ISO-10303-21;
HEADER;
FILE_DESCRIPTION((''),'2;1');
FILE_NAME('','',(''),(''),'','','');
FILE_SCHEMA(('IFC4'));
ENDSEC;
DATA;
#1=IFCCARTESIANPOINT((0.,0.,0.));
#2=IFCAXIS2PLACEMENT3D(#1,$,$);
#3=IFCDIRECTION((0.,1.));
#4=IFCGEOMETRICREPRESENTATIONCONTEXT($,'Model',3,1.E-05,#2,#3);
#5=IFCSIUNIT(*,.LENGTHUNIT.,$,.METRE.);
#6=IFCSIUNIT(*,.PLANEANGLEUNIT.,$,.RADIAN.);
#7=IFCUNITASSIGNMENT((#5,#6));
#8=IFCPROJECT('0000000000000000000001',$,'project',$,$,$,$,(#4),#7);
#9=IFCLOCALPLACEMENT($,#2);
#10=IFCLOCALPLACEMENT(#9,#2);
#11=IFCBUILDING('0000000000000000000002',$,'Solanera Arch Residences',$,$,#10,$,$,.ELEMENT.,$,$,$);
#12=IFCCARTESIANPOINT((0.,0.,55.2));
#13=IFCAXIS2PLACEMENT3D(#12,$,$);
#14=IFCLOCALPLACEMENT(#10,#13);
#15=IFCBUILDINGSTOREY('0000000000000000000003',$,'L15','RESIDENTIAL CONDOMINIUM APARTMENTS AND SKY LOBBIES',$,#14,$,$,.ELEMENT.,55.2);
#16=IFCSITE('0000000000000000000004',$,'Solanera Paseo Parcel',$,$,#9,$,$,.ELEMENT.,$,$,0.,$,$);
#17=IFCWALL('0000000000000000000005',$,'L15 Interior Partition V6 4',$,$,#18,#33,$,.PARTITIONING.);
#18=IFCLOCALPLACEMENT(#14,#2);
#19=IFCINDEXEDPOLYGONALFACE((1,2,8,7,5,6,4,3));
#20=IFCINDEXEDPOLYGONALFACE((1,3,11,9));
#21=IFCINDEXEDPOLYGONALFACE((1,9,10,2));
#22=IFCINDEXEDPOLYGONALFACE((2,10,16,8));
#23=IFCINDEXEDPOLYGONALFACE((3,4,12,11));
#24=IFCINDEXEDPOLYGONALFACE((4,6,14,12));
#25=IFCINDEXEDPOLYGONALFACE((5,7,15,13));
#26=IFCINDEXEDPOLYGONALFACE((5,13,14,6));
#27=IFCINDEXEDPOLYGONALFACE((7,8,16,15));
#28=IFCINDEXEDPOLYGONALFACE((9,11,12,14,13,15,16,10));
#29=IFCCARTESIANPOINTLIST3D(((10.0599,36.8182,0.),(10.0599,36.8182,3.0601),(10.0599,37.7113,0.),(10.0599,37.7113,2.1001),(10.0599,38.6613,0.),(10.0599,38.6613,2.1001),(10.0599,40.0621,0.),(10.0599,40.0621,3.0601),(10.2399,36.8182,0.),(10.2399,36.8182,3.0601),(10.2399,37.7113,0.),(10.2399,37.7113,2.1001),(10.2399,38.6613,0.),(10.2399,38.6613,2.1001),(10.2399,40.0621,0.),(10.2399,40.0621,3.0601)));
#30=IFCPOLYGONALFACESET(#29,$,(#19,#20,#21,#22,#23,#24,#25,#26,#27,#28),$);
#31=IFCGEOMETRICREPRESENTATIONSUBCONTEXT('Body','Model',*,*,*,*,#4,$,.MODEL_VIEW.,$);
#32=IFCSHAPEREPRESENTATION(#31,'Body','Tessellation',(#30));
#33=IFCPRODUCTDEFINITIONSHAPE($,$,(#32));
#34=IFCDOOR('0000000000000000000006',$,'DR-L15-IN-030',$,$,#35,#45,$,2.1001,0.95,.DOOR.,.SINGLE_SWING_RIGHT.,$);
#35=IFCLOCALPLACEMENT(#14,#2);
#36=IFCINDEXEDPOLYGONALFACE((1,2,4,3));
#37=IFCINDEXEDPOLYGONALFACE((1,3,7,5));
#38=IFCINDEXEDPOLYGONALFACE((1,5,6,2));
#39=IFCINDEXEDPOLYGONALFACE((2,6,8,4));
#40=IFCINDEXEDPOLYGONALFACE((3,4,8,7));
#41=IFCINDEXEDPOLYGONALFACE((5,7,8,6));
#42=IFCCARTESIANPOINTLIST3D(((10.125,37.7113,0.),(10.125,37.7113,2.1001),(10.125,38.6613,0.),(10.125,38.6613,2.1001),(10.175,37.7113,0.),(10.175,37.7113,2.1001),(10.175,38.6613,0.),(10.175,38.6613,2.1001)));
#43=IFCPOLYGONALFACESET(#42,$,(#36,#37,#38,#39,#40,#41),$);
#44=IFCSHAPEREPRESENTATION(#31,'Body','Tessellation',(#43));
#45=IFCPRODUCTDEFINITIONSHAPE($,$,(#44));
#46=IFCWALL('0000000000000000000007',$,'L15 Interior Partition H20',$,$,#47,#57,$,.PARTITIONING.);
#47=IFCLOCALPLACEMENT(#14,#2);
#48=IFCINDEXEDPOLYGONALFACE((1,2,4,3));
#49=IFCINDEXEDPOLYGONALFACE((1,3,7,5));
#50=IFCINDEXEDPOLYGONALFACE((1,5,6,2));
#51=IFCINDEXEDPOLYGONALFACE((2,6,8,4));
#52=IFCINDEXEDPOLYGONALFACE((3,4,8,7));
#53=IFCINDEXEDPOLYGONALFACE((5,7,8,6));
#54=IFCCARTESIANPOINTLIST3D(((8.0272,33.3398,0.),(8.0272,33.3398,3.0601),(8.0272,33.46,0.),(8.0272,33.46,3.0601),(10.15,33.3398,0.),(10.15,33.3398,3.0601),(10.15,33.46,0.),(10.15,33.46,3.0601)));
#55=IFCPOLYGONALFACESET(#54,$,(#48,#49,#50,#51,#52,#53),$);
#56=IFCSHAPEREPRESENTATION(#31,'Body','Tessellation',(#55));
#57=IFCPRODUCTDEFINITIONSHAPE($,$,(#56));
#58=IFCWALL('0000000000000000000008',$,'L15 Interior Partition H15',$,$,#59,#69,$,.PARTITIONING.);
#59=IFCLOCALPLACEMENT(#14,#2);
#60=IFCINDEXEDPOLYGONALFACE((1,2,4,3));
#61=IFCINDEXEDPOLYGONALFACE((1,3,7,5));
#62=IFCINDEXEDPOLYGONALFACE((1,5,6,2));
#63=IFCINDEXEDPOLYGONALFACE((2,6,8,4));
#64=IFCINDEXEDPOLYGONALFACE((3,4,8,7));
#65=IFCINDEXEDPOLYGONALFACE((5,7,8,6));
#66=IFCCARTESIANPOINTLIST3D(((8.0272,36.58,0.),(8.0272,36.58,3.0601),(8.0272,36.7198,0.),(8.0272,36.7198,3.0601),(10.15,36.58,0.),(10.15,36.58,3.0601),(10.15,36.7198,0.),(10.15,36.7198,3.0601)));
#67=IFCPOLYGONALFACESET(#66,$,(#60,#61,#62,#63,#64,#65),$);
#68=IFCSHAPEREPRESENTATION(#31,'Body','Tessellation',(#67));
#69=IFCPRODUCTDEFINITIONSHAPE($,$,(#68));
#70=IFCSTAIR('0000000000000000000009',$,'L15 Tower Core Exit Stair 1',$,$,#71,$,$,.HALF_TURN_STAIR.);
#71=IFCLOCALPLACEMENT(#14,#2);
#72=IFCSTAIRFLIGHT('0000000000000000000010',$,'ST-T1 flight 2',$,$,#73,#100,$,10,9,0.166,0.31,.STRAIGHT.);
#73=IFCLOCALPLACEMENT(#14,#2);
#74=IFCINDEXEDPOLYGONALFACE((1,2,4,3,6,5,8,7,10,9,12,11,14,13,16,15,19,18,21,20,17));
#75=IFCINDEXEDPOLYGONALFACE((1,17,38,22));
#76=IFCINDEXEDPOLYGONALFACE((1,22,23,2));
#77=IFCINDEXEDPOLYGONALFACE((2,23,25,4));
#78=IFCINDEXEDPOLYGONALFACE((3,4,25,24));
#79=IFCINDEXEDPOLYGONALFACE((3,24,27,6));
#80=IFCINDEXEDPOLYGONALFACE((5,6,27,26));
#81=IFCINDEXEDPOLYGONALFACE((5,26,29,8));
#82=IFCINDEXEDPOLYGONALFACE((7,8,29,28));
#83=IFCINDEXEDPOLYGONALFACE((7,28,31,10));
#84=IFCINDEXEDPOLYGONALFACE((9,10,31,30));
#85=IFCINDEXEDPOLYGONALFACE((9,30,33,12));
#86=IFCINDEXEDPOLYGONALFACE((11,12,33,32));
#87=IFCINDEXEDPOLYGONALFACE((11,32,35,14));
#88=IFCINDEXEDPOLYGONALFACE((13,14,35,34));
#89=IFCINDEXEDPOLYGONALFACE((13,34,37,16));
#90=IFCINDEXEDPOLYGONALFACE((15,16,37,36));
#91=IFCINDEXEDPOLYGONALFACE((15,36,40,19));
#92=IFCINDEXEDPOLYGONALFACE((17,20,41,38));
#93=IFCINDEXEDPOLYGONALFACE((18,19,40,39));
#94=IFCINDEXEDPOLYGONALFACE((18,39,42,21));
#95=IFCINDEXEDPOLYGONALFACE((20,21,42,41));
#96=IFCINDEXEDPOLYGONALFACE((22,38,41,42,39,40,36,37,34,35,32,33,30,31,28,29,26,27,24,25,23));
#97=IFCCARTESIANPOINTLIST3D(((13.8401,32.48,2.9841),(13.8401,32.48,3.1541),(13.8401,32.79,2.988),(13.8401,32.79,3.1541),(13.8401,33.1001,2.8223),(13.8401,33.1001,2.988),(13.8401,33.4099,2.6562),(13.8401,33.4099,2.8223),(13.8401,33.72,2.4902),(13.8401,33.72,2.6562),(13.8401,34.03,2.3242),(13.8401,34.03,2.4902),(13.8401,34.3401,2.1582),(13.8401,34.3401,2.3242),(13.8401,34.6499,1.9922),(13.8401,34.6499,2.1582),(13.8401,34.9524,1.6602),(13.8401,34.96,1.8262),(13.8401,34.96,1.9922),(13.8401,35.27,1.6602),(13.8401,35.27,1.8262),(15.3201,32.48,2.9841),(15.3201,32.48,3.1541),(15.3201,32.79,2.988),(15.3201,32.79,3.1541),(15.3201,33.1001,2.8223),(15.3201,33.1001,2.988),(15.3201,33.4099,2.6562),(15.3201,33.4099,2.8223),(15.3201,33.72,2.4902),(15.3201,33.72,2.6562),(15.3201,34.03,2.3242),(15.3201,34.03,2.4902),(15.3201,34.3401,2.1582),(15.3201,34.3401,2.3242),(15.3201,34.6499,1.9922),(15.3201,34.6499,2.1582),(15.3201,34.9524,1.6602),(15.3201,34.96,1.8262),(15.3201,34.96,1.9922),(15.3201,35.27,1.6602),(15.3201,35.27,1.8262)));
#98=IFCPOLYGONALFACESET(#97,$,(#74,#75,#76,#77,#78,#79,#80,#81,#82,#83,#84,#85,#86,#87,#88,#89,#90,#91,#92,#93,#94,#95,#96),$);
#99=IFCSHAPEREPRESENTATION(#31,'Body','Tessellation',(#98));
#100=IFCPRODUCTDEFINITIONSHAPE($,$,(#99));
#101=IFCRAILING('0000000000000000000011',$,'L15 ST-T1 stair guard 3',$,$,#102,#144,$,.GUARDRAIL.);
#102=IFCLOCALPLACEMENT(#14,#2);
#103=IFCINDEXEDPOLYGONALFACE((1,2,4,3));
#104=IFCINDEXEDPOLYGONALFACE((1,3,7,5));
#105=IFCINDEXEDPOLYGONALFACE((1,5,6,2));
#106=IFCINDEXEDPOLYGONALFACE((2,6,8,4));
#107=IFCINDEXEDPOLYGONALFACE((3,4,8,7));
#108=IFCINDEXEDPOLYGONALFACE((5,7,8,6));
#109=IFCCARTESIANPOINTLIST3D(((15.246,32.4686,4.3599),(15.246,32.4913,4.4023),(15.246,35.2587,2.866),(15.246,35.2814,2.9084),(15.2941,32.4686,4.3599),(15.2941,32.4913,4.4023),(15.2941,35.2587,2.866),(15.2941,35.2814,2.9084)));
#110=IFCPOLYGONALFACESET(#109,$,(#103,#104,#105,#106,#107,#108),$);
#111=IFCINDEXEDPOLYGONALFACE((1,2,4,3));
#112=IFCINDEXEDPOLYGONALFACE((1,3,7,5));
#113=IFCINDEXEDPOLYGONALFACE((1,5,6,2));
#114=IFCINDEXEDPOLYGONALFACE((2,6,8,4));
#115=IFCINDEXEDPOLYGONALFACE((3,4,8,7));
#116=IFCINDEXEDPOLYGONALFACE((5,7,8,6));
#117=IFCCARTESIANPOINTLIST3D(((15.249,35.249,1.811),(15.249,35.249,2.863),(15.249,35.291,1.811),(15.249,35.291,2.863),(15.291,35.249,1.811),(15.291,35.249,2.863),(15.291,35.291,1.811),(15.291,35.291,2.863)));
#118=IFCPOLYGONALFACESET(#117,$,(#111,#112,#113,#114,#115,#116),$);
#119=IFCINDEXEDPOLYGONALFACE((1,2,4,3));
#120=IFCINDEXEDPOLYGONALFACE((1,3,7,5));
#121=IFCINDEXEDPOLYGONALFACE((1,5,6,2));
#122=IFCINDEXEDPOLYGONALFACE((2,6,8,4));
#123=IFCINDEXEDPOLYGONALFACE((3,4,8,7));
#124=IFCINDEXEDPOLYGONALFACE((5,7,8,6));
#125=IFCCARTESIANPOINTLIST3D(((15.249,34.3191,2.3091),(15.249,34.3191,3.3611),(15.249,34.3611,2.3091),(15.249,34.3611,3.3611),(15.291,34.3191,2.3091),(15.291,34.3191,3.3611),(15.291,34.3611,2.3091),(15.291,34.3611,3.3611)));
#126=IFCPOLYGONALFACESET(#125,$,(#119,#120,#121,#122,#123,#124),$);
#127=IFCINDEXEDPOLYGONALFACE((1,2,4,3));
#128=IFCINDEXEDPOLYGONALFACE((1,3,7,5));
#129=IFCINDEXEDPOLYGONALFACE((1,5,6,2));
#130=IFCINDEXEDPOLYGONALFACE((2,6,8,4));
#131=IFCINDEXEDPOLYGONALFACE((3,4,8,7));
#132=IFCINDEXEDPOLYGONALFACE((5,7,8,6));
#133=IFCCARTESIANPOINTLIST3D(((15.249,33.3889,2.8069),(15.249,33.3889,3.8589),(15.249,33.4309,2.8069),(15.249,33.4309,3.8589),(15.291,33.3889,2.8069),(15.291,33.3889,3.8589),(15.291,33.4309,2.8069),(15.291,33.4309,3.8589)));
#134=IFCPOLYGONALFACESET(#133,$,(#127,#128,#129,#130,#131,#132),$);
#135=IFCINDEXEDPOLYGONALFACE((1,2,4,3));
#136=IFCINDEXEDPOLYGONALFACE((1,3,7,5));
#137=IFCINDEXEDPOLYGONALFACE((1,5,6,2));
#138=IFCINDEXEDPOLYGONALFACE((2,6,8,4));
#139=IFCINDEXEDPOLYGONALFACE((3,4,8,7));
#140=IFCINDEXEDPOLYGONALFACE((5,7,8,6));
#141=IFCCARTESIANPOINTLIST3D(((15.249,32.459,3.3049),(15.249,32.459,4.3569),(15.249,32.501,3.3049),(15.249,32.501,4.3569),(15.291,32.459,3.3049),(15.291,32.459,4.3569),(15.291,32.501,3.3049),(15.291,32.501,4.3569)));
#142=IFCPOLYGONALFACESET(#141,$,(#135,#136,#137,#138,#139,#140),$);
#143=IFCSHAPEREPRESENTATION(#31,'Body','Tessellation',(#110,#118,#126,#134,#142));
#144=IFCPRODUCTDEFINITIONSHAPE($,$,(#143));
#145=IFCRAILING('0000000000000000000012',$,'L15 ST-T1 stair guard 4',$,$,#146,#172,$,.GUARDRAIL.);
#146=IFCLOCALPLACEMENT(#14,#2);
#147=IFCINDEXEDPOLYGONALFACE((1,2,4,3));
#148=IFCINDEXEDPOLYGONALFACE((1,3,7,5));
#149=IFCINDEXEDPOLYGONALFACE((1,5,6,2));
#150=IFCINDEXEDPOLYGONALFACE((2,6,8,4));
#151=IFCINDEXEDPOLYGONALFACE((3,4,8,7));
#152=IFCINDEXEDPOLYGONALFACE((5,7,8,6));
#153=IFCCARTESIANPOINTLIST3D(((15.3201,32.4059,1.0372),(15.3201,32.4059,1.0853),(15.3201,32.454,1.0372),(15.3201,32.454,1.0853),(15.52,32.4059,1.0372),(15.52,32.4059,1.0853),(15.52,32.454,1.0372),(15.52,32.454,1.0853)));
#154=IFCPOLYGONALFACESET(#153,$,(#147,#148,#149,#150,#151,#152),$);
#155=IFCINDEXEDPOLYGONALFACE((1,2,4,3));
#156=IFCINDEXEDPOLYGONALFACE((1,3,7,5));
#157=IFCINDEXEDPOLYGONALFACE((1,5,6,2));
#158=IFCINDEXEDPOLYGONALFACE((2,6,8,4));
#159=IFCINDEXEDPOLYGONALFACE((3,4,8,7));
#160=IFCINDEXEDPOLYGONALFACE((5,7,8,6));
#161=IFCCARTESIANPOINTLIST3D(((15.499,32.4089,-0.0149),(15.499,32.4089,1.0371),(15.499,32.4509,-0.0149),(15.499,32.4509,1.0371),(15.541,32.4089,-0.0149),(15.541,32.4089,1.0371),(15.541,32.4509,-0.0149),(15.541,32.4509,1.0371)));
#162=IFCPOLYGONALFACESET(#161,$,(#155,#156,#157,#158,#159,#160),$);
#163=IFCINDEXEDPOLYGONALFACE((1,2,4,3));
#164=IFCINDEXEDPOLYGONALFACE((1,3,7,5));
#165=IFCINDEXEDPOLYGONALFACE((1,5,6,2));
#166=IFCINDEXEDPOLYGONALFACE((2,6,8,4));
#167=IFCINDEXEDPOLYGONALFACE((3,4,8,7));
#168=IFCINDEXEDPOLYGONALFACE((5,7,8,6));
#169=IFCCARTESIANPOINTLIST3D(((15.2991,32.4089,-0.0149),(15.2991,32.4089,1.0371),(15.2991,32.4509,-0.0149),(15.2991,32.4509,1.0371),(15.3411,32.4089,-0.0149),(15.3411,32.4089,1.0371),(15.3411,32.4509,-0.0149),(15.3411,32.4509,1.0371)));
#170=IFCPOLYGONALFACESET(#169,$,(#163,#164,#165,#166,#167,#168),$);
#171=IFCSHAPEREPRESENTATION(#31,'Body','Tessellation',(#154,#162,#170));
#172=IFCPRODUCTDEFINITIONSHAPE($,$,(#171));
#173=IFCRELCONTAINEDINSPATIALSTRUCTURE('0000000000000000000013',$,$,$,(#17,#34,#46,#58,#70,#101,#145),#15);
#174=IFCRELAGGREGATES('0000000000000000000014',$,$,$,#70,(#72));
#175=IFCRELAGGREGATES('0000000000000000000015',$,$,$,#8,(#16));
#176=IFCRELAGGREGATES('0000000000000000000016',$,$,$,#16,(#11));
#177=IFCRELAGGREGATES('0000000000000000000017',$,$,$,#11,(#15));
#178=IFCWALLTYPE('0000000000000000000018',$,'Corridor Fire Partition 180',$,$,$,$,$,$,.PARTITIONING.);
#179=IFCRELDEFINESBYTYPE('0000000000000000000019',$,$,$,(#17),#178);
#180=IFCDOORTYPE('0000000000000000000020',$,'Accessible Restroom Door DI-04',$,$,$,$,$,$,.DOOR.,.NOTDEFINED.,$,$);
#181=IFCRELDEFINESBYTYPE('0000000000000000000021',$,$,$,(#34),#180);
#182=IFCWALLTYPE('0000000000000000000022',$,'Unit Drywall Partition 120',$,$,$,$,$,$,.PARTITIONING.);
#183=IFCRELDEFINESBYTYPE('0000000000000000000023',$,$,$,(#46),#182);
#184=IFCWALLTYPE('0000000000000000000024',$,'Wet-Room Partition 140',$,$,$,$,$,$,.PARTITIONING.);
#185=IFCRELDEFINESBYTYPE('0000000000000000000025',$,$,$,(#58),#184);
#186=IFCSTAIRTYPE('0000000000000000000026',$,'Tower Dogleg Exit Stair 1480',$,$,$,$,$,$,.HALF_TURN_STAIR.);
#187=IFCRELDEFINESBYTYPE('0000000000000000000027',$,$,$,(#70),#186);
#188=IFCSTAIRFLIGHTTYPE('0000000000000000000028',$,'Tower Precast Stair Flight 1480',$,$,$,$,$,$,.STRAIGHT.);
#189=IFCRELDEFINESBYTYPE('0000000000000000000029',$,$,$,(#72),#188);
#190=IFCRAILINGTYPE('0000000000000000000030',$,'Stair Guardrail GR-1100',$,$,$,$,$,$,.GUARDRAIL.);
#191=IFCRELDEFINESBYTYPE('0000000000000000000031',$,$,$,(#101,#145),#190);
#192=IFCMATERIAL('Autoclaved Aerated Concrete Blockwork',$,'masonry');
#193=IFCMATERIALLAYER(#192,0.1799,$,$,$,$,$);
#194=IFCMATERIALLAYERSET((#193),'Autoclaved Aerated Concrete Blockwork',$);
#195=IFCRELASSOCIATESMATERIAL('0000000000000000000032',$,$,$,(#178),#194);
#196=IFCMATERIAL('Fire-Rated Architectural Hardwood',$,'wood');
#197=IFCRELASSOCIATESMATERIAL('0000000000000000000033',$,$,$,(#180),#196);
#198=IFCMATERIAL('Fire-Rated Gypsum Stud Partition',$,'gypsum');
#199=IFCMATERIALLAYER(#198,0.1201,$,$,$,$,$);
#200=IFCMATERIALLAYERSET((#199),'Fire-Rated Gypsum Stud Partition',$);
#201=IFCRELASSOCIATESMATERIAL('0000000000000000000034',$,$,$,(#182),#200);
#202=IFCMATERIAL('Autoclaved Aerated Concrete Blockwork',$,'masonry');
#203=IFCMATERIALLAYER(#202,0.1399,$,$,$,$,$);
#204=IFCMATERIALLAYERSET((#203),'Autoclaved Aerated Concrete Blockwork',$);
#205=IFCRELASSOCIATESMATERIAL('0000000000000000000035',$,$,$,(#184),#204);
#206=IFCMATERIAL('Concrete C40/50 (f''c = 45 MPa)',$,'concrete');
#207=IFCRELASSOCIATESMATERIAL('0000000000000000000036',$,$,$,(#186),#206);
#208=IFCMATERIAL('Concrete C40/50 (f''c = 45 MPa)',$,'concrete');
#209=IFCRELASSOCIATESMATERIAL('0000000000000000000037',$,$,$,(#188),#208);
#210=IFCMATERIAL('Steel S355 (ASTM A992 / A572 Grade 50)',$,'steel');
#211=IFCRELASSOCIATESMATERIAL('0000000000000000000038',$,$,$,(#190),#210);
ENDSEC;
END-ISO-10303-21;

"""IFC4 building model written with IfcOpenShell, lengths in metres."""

from ifc_helpers import new_model, si_unit, direction, frame, frame_2d, origin, origin_2d, place, context, subcontext, project, spatial, polyline, rectangle, outline, extrude, material, layer, layer_set, type_object, element, fill, aggregate, save


model = new_model("IFC4")

# Units and contexts
model_context = context("Model", 3, precision=1e-05, world=origin(), true_north=direction((0.0, 1.0)))
body_context = subcontext(model_context, "Body", "Model", "MODEL_VIEW")
ifc_project = project(units=[si_unit("LENGTHUNIT", "METRE"), si_unit("PLANEANGLEUNIT", "RADIAN")], contexts=[model_context])

# Site, building, storey
site_placement = place(None, origin())
site = spatial("IfcSite", under=ifc_project, at=site_placement, Name="Solanera Paseo Parcel", CompositionType="ELEMENT", RefElevation=0.0)
building_placement = place(site_placement, origin())
building = spatial("IfcBuilding", under=site, at=building_placement, Name="Solanera Arch Residences", CompositionType="ELEMENT")
storey_placement = place(building_placement, frame((0.0, 0.0, 55.2)))
storey = spatial("IfcBuildingStorey", under=building, at=storey_placement, Name="L15", Description="RESIDENTIAL CONDOMINIUM APARTMENTS AND SKY LOBBIES", CompositionType="ELEMENT", Elevation=55.2)

# Wall, opening, door
ifc_material_1 = material(Name="Autoclaved Aerated Concrete Blockwork", Category="masonry")
ifc_layer_1 = layer(ifc_material_1, 0.1799)
ifc_layer_set_1 = layer_set([ifc_layer_1], Name="Autoclaved Aerated Concrete Blockwork")
wall_type_1 = type_object("IfcWallType", Name="Corridor Fire Partition 180", PredefinedType="PARTITIONING", material=ifc_layer_set_1)
wall_1_placement = place(storey_placement, frame((10.1499, 36.8181, 0.0), z_axis=(0.0, 0.0, 1.0), x_axis=(0.0, 1.0, 0.0)))
wall_1 = element("IfcWall", 1, at=wall_1_placement, inside=storey, type_object=wall_type_1, Name="L15 Interior Partition V6 4", PredefinedType="PARTITIONING", context=body_context, shape_type="SweptSolid", body=[
    extrude(rectangle(XDim=3.2439, YDim=0.1799, at=frame_2d((1.6221, 0.0))), origin(), (0.0, 0.0, 1.0), 3.0601),
])
opening_1_placement = place(wall_1_placement, frame((0.8931, 0.0, 0.0)))
opening_1 = element("IfcOpeningElement", 2, at=opening_1_placement, cuts=wall_1, PredefinedType="OPENING", context=body_context, shape_type="SweptSolid", body=[
    extrude(rectangle(XDim=0.95, YDim=2.1001, at=frame_2d((0.4751, 1.05))), frame((0.0, 0.1001, 0.0), z_axis=(0.0, -1.0, 0.0), x_axis=(1.0, 0.0, 0.0)), (0.0, 0.0, 1.0), 0.1999),
])
ifc_material_2 = material(Name="Fire-Rated Architectural Hardwood", Category="wood")
door_type_1 = type_object("IfcDoorType", Name="Accessible Restroom Door DI-04", OperationType="NOTDEFINED", PredefinedType="DOOR", material=ifc_material_2)
door_1_placement = place(opening_1_placement, origin())
door_1 = element("IfcDoor", 3, at=door_1_placement, inside=storey, type_object=door_type_1, Name="DR-L15-IN-030", OperationType="SINGLE_SWING_RIGHT", OverallHeight=2.1001, OverallWidth=0.95, PredefinedType="DOOR", context=body_context, shape_type="SweptSolid", body=[
    extrude(rectangle(XDim=0.95, YDim=2.1001, at=frame_2d((0.4751, 1.05))), frame((0.0, 0.0249, 0.0), z_axis=(0.0, -1.0, 0.0), x_axis=(1.0, 0.0, 0.0)), (0.0, 0.0, 1.0), 0.05),
])
fill(opening_1, door_1)

# Walls
ifc_material_3 = material(Name="Fire-Rated Gypsum Stud Partition", Category="gypsum")
ifc_layer_2 = layer(ifc_material_3, 0.1201)
ifc_layer_set_2 = layer_set([ifc_layer_2], Name="Fire-Rated Gypsum Stud Partition")
wall_type_2 = type_object("IfcWallType", Name="Unit Drywall Partition 120", PredefinedType="PARTITIONING", material=ifc_layer_set_2)
wall_2_placement = place(storey_placement, frame((8.0271, 33.3999, 0.0), z_axis=(0.0, 0.0, 1.0), x_axis=(1.0, 0.0, 0.0)))
element("IfcWall", 4, at=wall_2_placement, inside=storey, type_object=wall_type_2, Name="L15 Interior Partition H20", PredefinedType="PARTITIONING", context=body_context, shape_type="SweptSolid", body=[
    extrude(rectangle(XDim=2.1228, YDim=0.1201, at=frame_2d((1.0615, 0.0))), origin(), (0.0, 0.0, 1.0), 3.0601),
])
ifc_material_4 = material(Name="Autoclaved Aerated Concrete Blockwork", Category="masonry")
ifc_layer_3 = layer(ifc_material_4, 0.1399)
ifc_layer_set_3 = layer_set([ifc_layer_3], Name="Autoclaved Aerated Concrete Blockwork")
wall_type_3 = type_object("IfcWallType", Name="Wet-Room Partition 140", PredefinedType="PARTITIONING", material=ifc_layer_set_3)
wall_3_placement = place(storey_placement, frame((8.0271, 36.6499, 0.0), z_axis=(0.0, 0.0, 1.0), x_axis=(1.0, 0.0, 0.0)))
element("IfcWall", 5, at=wall_3_placement, inside=storey, type_object=wall_type_3, Name="L15 Interior Partition H15", PredefinedType="PARTITIONING", context=body_context, shape_type="SweptSolid", body=[
    extrude(rectangle(XDim=2.1228, YDim=0.1399, at=frame_2d((1.0615, 0.0))), origin(), (0.0, 0.0, 1.0), 3.0601),
])

# Stair, stair flight
ifc_material_5 = material(Name="Concrete C40/50 (f'c = 45 MPa)", Category="concrete")
stair_type = type_object("IfcStairType", Name="Tower Dogleg Exit Stair 1480", PredefinedType="HALF_TURN_STAIR", material=ifc_material_5)
stair_placement = place(storey_placement, origin())
stair = element("IfcStair", 6, at=stair_placement, inside=storey, type_object=stair_type, Name="L15 Tower Core Exit Stair 1", PredefinedType="HALF_TURN_STAIR")
ifc_material_6 = material(Name="Concrete C40/50 (f'c = 45 MPa)", Category="concrete")
stair_flight_type = type_object("IfcStairFlightType", Name="Tower Precast Stair Flight 1480", PredefinedType="STRAIGHT", material=ifc_material_6)
stair_flight_placement = place(storey_placement, frame((14.5801, 35.27, 1.6602), z_axis=(0.0, 0.0, 1.0), x_axis=(0.0, -1.0, 0.0)))
stair_flight = element("IfcStairFlight", 7, at=stair_flight_placement, type_object=stair_flight_type, Name="ST-T1 flight 2", NumberOfRisers=10, NumberOfTreads=9, PredefinedType="STRAIGHT", RiserHeight=0.166, TreadLength=0.31, context=body_context, shape_type="SweptSolid", body=[
    extrude(outline(polyline([(0.0, 0.0), (0.0, 0.166), (0.3101, 0.166), (0.3101, 0.332), (0.6201, 0.332), (0.6201, 0.498), (0.9299, 0.498), (0.9299, 0.6641), (1.24, 0.6641), (1.24, 0.8301), (1.55, 0.8301), (1.55, 0.9961), (1.8601, 0.9961), (1.8601, 1.1621), (2.1699, 1.1621), (2.1699, 1.3279), (2.48, 1.3279), (2.48, 1.4939), (2.79, 1.4939), (2.79, 1.6599), (2.79, 1.324), (0.3176, 0.0), (0.0, 0.0)])), frame((0.0, 0.74, 0.0), z_axis=(0.0, -1.0, 0.0), x_axis=(1.0, 0.0, 0.0)), (0.0, 0.0, 1.0), 1.48),
])
aggregate(stair, [stair_flight])

# Railings
ifc_material_7 = material(Name="Steel S355 (ASTM A992 / A572 Grade 50)", Category="steel")
railing_type_1 = type_object("IfcRailingType", Name="Stair Guardrail GR-1100", PredefinedType="GUARDRAIL", material=ifc_material_7)
railing_1_placement = place(storey_placement, frame((15.27, 35.27, 1.811)))
element("IfcRailing", 8, at=railing_1_placement, inside=storey, type_object=railing_type_1, Name="L15 ST-T1 stair guard 3", PredefinedType="GUARDRAIL", context=body_context, shape_type="SweptSolid", body=[
    extrude(rectangle(XDim=0.0481, YDim=0.0481, at=origin_2d()), frame((0.0, 0.0, 1.0762), z_axis=(0.0, -0.881581, 0.472033), x_axis=(1.0, 0.0, 0.0)), (0.0, 0.0, 1.0), 3.1648),
    extrude(rectangle(XDim=0.042, YDim=0.042, at=origin_2d()), origin(), (0.0, 0.0, 1.0), 1.052),
    extrude(rectangle(XDim=0.042, YDim=0.042, at=origin_2d()), frame((0.0, -0.9299, 0.498)), (0.0, 0.0, 1.0), 1.052),
    extrude(rectangle(XDim=0.042, YDim=0.042, at=origin_2d()), frame((0.0, -1.8601, 0.9958)), (0.0, 0.0, 1.0), 1.052),
    extrude(rectangle(XDim=0.042, YDim=0.042, at=origin_2d()), frame((0.0, -2.79, 1.4939)), (0.0, 0.0, 1.0), 1.052),
])
railing_2_placement = place(storey_placement, frame((15.52, 32.4299, -0.0149)))
element("IfcRailing", 9, at=railing_2_placement, inside=storey, type_object=railing_type_1, Name="L15 ST-T1 stair guard 4", PredefinedType="GUARDRAIL", context=body_context, shape_type="SweptSolid", body=[
    extrude(rectangle(XDim=0.0481, YDim=0.0481, at=origin_2d()), frame((0.0, 0.0, 1.0762), z_axis=(-1.0, 0.0, 0.0), x_axis=(0.0, -1.0, 0.0)), (0.0, 0.0, 1.0), 0.2),
    extrude(rectangle(XDim=0.042, YDim=0.042, at=origin_2d()), origin(), (0.0, 0.0, 1.0), 1.052),
    extrude(rectangle(XDim=0.042, YDim=0.042, at=origin_2d()), frame((-0.2, 0.0, 0.0)), (0.0, 0.0, 1.0), 1.052),
])

save(model, "model.ifc")
